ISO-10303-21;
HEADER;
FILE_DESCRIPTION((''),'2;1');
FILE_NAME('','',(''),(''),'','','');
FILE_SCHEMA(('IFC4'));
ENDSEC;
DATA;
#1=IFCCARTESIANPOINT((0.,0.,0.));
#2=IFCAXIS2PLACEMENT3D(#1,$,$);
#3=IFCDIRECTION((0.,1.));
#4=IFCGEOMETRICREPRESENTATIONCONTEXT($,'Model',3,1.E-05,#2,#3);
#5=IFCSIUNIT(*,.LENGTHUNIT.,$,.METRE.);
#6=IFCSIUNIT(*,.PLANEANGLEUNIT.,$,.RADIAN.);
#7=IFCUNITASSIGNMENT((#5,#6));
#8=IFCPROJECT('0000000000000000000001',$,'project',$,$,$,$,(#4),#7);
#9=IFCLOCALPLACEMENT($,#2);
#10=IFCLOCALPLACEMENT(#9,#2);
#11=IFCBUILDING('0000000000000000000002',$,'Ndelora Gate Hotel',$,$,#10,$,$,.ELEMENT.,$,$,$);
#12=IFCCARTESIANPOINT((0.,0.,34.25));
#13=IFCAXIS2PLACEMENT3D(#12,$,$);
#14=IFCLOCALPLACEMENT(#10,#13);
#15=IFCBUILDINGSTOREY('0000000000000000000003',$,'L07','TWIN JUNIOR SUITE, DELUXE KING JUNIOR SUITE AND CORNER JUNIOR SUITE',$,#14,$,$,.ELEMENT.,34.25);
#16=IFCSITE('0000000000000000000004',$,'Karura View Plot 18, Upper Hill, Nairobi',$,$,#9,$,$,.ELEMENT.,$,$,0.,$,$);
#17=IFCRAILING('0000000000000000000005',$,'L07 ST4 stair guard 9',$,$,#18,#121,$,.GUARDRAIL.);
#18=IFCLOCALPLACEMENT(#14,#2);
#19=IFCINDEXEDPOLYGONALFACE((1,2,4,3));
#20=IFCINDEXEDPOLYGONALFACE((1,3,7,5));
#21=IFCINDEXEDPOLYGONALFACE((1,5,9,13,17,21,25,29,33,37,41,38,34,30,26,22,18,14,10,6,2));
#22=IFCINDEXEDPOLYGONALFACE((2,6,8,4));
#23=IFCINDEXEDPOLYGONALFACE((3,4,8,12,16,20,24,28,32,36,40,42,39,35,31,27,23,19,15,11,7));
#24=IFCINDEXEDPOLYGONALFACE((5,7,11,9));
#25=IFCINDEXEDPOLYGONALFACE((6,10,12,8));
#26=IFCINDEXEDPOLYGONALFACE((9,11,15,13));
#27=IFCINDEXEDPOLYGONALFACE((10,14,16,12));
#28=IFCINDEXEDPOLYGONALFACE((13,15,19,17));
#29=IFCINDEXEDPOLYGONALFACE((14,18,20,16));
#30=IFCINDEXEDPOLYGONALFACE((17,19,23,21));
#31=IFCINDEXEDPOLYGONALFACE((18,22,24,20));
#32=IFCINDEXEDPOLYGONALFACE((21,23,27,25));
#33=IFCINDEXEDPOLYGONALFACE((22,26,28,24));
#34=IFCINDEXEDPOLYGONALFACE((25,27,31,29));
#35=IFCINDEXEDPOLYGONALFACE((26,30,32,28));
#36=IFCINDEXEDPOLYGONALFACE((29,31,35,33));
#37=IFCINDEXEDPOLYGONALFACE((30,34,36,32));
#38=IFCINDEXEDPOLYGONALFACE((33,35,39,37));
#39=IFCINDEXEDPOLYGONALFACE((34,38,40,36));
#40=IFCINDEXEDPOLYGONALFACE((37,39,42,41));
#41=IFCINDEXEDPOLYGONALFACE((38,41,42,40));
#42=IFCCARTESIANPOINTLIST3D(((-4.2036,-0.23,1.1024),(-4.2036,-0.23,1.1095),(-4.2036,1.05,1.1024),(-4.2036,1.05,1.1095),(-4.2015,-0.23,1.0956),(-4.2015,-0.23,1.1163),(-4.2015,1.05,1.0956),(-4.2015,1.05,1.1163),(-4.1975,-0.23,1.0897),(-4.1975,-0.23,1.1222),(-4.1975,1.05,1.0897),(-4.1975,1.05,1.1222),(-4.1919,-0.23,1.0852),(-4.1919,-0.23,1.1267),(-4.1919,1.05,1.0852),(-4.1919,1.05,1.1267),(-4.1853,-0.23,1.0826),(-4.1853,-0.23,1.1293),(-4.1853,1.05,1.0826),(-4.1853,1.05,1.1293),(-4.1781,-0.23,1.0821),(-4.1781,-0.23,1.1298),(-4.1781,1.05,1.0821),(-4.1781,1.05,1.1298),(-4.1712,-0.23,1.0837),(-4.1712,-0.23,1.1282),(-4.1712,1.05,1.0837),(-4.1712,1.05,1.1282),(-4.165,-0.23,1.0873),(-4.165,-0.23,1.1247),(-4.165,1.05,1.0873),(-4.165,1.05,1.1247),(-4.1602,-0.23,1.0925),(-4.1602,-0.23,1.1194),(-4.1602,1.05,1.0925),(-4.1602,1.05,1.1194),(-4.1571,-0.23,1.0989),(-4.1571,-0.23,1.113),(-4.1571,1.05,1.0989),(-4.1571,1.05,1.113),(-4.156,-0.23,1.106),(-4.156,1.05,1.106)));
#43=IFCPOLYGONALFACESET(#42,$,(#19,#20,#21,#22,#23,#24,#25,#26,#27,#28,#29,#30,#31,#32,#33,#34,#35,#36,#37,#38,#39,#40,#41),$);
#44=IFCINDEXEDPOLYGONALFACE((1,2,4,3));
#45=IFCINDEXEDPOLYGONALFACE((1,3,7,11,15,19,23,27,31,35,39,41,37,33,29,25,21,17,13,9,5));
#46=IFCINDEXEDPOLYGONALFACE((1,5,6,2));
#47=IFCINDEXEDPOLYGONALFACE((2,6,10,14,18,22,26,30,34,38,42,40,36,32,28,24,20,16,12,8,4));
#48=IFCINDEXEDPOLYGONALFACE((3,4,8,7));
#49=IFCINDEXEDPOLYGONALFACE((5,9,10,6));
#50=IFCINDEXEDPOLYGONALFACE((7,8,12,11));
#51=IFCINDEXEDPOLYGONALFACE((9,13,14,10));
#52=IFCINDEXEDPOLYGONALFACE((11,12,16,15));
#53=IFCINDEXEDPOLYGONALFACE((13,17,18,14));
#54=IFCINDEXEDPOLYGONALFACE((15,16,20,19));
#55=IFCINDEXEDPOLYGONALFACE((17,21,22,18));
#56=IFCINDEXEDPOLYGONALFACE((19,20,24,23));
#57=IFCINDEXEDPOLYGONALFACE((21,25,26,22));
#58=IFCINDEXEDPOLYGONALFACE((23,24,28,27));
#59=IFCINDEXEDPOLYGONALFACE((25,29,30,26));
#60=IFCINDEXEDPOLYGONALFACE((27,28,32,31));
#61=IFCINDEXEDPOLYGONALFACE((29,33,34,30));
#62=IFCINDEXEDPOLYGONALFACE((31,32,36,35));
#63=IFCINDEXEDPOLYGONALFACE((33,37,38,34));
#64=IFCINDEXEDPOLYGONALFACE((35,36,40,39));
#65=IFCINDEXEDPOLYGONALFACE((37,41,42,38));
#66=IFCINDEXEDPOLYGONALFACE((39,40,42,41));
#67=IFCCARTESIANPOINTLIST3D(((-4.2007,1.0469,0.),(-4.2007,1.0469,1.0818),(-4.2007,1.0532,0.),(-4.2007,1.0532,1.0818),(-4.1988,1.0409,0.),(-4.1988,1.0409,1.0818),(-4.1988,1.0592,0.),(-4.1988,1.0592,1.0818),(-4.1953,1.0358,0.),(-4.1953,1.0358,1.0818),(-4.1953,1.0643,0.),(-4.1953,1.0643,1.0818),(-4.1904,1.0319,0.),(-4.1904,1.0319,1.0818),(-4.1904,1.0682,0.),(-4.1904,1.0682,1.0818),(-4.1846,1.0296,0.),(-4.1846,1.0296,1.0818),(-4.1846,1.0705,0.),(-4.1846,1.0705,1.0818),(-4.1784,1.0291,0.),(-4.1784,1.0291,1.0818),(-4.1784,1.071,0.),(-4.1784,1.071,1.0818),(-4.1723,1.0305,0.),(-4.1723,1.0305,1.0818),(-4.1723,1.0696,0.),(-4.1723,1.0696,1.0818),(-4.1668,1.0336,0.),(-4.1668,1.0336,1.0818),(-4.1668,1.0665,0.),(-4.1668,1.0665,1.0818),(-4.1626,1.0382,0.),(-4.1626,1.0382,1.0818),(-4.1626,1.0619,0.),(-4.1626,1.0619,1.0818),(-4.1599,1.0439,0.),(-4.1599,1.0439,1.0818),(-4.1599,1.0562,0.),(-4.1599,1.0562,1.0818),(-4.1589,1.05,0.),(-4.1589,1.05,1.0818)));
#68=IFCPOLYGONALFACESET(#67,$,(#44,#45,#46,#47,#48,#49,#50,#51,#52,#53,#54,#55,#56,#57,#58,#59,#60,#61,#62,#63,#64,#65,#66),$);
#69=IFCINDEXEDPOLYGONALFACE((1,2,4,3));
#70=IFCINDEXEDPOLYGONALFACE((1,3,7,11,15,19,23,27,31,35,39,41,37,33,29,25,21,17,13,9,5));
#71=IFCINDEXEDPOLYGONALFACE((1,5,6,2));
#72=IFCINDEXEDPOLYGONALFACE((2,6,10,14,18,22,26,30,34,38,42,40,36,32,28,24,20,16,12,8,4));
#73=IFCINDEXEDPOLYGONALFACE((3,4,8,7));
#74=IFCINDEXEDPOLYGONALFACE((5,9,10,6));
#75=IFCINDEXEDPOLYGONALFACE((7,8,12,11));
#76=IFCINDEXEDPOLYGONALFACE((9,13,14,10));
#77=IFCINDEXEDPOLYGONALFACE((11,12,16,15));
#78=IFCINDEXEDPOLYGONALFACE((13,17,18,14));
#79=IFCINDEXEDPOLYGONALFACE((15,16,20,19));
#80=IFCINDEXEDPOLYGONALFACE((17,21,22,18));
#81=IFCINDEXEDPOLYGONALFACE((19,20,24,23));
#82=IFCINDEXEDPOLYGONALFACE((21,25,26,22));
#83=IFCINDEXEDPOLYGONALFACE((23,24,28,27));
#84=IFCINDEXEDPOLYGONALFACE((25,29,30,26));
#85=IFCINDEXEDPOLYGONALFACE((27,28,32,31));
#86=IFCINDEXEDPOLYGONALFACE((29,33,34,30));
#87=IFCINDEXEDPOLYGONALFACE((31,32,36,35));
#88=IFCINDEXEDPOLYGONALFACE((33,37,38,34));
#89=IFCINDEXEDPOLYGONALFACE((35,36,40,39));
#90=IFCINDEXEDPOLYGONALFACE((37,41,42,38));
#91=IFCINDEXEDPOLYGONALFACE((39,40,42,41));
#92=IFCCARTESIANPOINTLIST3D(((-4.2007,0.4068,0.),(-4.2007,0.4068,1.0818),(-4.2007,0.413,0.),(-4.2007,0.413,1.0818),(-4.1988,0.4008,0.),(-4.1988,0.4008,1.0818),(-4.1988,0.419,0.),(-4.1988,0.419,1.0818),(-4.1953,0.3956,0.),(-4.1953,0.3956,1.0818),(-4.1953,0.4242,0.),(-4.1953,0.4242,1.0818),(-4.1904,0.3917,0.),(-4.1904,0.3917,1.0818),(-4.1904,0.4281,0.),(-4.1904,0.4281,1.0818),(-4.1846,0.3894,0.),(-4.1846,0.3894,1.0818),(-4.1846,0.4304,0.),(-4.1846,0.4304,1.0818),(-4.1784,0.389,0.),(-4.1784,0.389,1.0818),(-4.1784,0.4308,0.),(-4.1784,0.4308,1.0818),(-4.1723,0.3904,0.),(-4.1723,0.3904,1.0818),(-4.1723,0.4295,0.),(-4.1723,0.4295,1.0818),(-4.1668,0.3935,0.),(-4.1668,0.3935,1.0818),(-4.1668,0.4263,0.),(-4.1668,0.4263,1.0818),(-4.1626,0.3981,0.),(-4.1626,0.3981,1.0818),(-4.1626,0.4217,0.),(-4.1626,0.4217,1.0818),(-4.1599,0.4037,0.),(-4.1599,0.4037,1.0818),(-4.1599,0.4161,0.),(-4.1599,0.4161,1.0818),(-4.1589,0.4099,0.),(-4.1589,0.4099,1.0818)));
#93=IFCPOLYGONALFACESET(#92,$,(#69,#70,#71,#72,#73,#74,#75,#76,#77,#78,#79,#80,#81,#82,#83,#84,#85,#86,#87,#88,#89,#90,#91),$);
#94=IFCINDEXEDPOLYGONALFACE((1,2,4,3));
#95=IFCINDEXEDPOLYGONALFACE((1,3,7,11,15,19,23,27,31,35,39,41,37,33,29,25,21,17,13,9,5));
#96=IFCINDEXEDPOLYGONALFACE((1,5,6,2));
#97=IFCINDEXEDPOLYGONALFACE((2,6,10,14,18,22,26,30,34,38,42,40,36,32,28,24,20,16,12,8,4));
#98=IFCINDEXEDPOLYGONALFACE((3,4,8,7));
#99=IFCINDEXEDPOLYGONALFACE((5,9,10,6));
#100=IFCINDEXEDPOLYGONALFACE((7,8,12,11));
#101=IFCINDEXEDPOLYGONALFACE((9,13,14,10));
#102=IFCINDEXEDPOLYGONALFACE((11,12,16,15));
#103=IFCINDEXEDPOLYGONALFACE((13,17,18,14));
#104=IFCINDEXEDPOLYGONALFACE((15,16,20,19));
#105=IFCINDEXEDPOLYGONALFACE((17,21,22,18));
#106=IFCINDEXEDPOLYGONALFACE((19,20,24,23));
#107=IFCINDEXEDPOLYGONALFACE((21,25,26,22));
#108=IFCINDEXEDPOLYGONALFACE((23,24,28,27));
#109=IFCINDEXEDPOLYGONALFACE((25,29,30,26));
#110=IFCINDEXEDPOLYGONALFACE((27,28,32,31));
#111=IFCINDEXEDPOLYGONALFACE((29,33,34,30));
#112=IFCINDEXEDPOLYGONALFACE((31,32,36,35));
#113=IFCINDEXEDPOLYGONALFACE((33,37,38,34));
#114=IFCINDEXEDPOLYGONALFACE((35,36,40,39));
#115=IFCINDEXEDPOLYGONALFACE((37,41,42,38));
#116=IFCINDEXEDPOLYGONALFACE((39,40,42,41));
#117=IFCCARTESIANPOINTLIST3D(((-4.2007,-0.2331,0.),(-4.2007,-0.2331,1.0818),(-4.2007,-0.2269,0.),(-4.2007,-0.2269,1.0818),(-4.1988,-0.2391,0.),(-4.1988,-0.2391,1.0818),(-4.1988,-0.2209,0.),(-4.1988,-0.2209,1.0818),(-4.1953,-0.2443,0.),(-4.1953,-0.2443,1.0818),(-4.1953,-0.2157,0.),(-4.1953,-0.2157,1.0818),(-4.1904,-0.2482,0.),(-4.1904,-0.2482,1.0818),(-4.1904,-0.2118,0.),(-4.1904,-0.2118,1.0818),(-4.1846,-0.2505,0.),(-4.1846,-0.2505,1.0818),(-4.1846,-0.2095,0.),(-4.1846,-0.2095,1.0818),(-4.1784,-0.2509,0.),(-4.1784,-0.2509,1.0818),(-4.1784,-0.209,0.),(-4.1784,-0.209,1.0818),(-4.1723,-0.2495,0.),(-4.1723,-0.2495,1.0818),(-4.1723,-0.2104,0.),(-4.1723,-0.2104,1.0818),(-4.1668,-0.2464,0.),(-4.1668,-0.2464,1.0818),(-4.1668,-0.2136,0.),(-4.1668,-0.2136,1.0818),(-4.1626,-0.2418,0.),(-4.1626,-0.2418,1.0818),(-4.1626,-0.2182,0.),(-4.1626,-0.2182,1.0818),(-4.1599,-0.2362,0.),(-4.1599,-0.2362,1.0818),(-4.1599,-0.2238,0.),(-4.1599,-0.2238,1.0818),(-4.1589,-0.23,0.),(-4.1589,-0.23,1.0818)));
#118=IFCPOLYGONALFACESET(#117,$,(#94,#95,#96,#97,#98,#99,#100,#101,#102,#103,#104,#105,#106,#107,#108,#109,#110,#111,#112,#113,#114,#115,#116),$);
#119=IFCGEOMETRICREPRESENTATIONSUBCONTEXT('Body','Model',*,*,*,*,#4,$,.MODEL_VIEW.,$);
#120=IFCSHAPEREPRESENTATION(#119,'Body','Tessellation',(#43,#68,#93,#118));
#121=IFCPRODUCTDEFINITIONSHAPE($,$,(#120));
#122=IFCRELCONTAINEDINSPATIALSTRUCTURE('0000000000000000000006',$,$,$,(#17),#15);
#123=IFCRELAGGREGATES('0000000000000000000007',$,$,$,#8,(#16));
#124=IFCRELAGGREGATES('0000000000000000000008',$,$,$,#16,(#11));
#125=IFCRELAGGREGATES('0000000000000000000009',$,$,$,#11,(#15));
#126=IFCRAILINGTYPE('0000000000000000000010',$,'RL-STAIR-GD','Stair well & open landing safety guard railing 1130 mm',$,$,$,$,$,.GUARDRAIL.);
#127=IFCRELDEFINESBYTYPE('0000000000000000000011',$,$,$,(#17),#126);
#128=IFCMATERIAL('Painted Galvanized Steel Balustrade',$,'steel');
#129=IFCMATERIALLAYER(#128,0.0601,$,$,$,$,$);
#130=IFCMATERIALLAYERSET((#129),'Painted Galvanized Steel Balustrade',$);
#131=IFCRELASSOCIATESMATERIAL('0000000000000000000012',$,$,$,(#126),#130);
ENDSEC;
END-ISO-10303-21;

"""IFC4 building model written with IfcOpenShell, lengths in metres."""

from ifc_helpers import new_model, si_unit, direction, frame, origin, origin_2d, place, context, subcontext, project, spatial, circle, extrude, material, layer, layer_set, type_object, element, save


model = new_model("IFC4")

# Units and contexts
model_context = context("Model", 3, precision=1e-05, world=origin(), true_north=direction((0.0, 1.0)))
body_context = subcontext(model_context, "Body", "Model", "MODEL_VIEW")
ifc_project = project(units=[si_unit("LENGTHUNIT", "METRE"), si_unit("PLANEANGLEUNIT", "RADIAN")], contexts=[model_context])

# Site, building, storey
site_placement = place(None, origin())
site = spatial("IfcSite", under=ifc_project, at=site_placement, Name="Karura View Plot 18, Upper Hill, Nairobi", CompositionType="ELEMENT", RefElevation=0.0)
building_placement = place(site_placement, origin())
building = spatial("IfcBuilding", under=site, at=building_placement, Name="Ndelora Gate Hotel", CompositionType="ELEMENT")
storey_placement = place(building_placement, frame((0.0, 0.0, 34.25)))
storey = spatial("IfcBuildingStorey", under=building, at=storey_placement, Name="L07", Description="TWIN JUNIOR SUITE, DELUXE KING JUNIOR SUITE AND CORNER JUNIOR SUITE", CompositionType="ELEMENT", Elevation=34.25)

# Railing
ifc_material_1 = material(Name="Painted Galvanized Steel Balustrade", Category="steel")
ifc_layer_1 = layer(ifc_material_1, 0.0601)
ifc_layer_set_1 = layer_set([ifc_layer_1], Name="Painted Galvanized Steel Balustrade")
railing_type = type_object("IfcRailingType", Name="RL-STAIR-GD", Description="Stair well & open landing safety guard railing 1130 mm", PredefinedType="GUARDRAIL", material=ifc_layer_set_1)
for number, where, name in (
    (1, (-4.1799, 1.05, 0.0), "L07 ST4 stair guard 9"),
):
    element("IfcRailing", number, at=place(storey_placement, frame(where)), inside=storey, type_object=railing_type, Name=name, PredefinedType="GUARDRAIL", context=body_context, shape_type="SweptSolid", body=[
        extrude(circle(Radius=0.0239, at=origin_2d()), frame((0.0, 0.0, 1.106), z_axis=(0.0, -1.0, 0.0), x_axis=(1.0, 0.0, 0.0)), (0.0, 0.0, 1.0), 1.28),
        extrude(circle(Radius=0.021, at=origin_2d()), origin(), (0.0, 0.0, 1.0), 1.0818),
        extrude(circle(Radius=0.021, at=origin_2d()), frame((0.0, -0.6401, 0.0)), (0.0, 0.0, 1.0), 1.0818),
        extrude(circle(Radius=0.021, at=origin_2d()), frame((0.0, -1.28, 0.0)), (0.0, 0.0, 1.0), 1.0818),
    ])

save(model, "model.ifc")
